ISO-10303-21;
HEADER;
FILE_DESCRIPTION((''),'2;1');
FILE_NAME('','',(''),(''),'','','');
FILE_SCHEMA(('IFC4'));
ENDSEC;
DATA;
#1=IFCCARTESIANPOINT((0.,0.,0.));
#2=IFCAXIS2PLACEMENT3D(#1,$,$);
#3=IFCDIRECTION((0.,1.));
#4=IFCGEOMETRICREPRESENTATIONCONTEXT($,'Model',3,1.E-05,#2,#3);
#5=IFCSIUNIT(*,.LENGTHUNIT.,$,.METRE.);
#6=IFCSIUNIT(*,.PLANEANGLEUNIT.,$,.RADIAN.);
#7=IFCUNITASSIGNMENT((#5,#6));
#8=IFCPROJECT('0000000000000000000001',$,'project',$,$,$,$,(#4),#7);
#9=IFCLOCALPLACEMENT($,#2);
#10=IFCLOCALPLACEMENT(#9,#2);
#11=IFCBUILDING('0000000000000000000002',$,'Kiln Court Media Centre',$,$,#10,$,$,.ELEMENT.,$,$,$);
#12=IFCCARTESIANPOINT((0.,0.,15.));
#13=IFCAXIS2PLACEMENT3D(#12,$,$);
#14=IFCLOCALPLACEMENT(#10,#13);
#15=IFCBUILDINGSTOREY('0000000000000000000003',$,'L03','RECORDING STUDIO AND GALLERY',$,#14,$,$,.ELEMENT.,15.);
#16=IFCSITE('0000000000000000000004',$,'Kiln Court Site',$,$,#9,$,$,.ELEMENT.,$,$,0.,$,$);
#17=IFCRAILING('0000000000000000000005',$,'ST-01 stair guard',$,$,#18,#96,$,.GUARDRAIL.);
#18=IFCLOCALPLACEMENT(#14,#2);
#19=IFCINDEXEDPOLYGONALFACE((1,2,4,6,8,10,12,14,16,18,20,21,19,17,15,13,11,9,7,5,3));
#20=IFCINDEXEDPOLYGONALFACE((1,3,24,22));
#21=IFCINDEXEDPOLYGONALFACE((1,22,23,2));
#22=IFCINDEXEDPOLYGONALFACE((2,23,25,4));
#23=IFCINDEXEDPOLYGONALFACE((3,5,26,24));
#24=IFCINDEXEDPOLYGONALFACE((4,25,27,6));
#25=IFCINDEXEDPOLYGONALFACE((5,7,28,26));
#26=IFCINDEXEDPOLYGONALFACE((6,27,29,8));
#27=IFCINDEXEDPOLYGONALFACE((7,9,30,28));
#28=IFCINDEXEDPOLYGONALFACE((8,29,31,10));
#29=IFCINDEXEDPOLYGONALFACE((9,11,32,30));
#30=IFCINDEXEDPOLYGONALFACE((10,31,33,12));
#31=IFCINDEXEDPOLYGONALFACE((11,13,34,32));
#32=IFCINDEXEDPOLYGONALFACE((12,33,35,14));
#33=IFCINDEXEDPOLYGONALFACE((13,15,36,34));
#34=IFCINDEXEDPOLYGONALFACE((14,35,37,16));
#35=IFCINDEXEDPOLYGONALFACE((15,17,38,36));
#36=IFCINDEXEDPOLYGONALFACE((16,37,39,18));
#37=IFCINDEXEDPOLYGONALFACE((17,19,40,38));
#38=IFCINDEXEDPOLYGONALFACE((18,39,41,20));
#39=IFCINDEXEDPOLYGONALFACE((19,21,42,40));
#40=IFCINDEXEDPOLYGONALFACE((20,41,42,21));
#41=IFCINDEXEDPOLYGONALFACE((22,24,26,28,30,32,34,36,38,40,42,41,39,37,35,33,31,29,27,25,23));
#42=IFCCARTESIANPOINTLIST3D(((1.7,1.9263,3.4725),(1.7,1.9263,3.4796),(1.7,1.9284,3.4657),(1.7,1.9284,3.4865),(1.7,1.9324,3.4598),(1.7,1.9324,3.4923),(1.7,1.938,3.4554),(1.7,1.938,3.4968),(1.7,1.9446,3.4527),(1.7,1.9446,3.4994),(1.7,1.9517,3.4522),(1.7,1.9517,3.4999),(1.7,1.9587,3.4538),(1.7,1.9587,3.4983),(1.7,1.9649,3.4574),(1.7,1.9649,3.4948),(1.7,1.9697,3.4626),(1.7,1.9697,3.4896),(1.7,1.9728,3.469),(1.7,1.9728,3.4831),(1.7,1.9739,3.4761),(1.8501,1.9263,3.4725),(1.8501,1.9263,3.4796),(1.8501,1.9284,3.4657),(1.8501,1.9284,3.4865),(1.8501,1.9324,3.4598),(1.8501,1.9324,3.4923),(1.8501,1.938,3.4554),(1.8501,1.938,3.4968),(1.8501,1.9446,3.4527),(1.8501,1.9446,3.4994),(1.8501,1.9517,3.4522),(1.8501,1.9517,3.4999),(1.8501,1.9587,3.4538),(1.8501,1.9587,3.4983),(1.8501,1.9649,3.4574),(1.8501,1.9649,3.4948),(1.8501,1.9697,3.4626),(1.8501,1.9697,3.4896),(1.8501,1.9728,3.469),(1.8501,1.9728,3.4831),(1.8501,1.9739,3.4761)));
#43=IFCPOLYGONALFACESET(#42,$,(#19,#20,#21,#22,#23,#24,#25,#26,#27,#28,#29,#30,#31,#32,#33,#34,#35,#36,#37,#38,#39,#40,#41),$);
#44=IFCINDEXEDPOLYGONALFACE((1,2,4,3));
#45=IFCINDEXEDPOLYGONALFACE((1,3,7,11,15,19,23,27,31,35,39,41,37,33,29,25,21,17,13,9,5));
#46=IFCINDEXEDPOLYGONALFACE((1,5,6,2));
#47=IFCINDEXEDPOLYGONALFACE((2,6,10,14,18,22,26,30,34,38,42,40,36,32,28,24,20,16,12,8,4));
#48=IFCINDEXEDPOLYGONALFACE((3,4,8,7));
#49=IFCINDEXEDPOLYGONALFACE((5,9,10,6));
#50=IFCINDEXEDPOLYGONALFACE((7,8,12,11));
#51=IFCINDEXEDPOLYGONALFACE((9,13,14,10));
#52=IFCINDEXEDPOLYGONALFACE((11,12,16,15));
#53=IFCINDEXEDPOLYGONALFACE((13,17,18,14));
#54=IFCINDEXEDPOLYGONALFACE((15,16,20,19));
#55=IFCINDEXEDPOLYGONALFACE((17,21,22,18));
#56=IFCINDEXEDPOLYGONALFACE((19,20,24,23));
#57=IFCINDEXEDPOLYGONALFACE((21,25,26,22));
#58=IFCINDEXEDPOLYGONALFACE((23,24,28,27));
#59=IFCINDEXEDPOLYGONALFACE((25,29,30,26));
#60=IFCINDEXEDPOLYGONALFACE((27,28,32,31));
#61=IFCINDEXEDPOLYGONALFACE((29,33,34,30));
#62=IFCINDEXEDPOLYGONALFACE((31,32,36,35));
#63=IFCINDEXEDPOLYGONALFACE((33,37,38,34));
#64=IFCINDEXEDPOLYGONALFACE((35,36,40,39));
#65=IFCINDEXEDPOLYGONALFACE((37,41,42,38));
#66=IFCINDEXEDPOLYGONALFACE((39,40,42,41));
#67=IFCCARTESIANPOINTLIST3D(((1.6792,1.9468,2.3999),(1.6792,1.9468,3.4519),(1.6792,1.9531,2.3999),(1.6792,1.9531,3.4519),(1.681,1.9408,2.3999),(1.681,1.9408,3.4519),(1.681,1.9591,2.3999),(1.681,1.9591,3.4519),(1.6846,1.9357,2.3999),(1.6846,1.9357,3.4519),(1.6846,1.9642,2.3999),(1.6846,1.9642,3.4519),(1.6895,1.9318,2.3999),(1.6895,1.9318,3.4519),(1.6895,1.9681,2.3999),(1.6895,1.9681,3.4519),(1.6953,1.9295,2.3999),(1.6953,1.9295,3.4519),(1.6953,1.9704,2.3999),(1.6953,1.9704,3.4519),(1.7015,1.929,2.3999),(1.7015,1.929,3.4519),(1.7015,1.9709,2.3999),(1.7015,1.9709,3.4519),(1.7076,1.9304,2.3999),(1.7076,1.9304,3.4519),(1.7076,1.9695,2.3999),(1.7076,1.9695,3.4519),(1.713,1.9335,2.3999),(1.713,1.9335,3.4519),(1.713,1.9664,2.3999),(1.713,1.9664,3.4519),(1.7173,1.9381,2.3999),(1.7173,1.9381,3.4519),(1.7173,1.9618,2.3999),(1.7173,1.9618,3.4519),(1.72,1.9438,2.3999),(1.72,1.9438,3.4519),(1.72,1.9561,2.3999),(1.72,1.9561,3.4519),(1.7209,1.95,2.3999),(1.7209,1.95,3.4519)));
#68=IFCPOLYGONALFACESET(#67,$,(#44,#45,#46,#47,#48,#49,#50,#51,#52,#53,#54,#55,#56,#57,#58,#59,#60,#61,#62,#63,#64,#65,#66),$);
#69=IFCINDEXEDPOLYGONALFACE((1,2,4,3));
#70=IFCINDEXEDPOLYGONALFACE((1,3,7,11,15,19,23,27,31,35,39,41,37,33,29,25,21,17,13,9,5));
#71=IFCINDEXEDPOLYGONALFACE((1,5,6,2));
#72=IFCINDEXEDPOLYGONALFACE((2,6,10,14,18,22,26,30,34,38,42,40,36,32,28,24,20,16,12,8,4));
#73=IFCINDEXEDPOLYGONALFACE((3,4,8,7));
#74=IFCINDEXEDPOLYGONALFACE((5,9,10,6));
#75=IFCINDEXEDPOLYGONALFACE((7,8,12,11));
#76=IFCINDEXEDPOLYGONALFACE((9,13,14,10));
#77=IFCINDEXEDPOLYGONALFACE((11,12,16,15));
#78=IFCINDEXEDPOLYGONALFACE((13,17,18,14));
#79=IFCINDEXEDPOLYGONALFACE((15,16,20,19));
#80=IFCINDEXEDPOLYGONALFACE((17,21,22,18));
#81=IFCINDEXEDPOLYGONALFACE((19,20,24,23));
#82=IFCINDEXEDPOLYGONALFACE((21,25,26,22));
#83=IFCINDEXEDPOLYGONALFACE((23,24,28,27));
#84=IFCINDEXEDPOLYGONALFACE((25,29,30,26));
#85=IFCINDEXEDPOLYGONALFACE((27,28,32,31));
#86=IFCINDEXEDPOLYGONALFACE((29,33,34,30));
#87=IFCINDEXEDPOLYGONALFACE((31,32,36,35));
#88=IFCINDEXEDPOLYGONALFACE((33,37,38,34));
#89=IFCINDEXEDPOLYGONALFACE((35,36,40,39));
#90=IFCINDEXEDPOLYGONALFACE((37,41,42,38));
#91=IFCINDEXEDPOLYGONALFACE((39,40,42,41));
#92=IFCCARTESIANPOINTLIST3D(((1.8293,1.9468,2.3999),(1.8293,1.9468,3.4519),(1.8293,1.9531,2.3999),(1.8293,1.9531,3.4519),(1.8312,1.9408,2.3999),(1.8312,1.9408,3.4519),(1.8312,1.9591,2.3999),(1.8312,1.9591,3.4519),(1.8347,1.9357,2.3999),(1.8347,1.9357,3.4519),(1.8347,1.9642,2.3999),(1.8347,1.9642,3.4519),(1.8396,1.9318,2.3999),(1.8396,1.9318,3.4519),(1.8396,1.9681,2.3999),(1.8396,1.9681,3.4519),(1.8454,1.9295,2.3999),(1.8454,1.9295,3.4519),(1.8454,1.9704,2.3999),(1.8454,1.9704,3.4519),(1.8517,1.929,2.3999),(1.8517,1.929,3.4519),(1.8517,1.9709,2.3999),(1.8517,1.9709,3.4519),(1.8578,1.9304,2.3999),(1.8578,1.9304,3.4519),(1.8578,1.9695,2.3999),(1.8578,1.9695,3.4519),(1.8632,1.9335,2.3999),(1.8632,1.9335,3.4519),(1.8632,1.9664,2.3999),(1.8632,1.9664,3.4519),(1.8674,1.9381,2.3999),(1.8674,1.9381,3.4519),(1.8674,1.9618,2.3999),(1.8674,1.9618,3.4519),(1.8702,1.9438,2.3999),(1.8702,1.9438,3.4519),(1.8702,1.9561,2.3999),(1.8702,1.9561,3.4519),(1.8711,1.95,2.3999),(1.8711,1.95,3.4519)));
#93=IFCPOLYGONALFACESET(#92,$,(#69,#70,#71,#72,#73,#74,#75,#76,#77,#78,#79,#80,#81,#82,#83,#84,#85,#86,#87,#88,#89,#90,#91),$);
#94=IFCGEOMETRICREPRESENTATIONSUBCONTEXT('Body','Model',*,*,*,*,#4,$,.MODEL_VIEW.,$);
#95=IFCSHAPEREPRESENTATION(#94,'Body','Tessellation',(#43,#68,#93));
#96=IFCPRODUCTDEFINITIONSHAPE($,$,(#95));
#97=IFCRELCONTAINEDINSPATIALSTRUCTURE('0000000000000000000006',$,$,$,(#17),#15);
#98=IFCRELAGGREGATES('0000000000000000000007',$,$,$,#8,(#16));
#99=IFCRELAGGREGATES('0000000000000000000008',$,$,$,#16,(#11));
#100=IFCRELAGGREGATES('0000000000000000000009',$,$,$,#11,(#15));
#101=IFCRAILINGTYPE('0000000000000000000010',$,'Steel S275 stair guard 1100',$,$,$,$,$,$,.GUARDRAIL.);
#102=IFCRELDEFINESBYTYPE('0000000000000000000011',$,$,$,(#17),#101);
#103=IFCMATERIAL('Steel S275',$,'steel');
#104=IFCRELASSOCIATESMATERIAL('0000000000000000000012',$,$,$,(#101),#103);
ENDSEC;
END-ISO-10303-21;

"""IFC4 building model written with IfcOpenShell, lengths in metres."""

from ifc_helpers import new_model, si_unit, direction, frame, origin, origin_2d, place, context, subcontext, project, spatial, circle, extrude, material, type_object, element, save


model = new_model("IFC4")

# Units and contexts
model_context = context("Model", 3, precision=1e-05, world=origin(), true_north=direction((0.0, 1.0)))
body_context = subcontext(model_context, "Body", "Model", "MODEL_VIEW")
ifc_project = project(units=[si_unit("LENGTHUNIT", "METRE"), si_unit("PLANEANGLEUNIT", "RADIAN")], contexts=[model_context])

# Site, building, storey
site_placement = place(None, origin())
site = spatial("IfcSite", under=ifc_project, at=site_placement, Name="Kiln Court Site", CompositionType="ELEMENT", RefElevation=0.0)
building_placement = place(site_placement, origin())
building = spatial("IfcBuilding", under=site, at=building_placement, Name="Kiln Court Media Centre", CompositionType="ELEMENT")
storey_placement = place(building_placement, frame((0.0, 0.0, 15.0)))
storey = spatial("IfcBuildingStorey", under=building, at=storey_placement, Name="L03", Description="RECORDING STUDIO AND GALLERY", CompositionType="ELEMENT", Elevation=15.0)

# Railing
ifc_material_1 = material(Name="Steel S275", Category="steel")
railing_type_1 = type_object("IfcRailingType", Name="Steel S275 stair guard 1100", PredefinedType="GUARDRAIL", material=ifc_material_1)
railing_1_placement = place(storey_placement, frame((1.7, 1.95, 2.3999)))
element("IfcRailing", 1, at=railing_1_placement, inside=storey, type_object=railing_type_1, Name="ST-01 stair guard", PredefinedType="GUARDRAIL", context=body_context, shape_type="SweptSolid", body=[
    extrude(circle(Radius=0.0239, at=origin_2d()), frame((0.0, 0.0, 1.0762), z_axis=(1.0, 0.0, 0.0), x_axis=(0.0, 1.0, 0.0)), (0.0, 0.0, 1.0), 0.1501),
    extrude(circle(Radius=0.021, at=origin_2d()), origin(), (0.0, 0.0, 1.0), 1.052),
    extrude(circle(Radius=0.021, at=origin_2d()), frame((0.1501, 0.0, 0.0)), (0.0, 0.0, 1.0), 1.052),
])

save(model, "model.ifc")
